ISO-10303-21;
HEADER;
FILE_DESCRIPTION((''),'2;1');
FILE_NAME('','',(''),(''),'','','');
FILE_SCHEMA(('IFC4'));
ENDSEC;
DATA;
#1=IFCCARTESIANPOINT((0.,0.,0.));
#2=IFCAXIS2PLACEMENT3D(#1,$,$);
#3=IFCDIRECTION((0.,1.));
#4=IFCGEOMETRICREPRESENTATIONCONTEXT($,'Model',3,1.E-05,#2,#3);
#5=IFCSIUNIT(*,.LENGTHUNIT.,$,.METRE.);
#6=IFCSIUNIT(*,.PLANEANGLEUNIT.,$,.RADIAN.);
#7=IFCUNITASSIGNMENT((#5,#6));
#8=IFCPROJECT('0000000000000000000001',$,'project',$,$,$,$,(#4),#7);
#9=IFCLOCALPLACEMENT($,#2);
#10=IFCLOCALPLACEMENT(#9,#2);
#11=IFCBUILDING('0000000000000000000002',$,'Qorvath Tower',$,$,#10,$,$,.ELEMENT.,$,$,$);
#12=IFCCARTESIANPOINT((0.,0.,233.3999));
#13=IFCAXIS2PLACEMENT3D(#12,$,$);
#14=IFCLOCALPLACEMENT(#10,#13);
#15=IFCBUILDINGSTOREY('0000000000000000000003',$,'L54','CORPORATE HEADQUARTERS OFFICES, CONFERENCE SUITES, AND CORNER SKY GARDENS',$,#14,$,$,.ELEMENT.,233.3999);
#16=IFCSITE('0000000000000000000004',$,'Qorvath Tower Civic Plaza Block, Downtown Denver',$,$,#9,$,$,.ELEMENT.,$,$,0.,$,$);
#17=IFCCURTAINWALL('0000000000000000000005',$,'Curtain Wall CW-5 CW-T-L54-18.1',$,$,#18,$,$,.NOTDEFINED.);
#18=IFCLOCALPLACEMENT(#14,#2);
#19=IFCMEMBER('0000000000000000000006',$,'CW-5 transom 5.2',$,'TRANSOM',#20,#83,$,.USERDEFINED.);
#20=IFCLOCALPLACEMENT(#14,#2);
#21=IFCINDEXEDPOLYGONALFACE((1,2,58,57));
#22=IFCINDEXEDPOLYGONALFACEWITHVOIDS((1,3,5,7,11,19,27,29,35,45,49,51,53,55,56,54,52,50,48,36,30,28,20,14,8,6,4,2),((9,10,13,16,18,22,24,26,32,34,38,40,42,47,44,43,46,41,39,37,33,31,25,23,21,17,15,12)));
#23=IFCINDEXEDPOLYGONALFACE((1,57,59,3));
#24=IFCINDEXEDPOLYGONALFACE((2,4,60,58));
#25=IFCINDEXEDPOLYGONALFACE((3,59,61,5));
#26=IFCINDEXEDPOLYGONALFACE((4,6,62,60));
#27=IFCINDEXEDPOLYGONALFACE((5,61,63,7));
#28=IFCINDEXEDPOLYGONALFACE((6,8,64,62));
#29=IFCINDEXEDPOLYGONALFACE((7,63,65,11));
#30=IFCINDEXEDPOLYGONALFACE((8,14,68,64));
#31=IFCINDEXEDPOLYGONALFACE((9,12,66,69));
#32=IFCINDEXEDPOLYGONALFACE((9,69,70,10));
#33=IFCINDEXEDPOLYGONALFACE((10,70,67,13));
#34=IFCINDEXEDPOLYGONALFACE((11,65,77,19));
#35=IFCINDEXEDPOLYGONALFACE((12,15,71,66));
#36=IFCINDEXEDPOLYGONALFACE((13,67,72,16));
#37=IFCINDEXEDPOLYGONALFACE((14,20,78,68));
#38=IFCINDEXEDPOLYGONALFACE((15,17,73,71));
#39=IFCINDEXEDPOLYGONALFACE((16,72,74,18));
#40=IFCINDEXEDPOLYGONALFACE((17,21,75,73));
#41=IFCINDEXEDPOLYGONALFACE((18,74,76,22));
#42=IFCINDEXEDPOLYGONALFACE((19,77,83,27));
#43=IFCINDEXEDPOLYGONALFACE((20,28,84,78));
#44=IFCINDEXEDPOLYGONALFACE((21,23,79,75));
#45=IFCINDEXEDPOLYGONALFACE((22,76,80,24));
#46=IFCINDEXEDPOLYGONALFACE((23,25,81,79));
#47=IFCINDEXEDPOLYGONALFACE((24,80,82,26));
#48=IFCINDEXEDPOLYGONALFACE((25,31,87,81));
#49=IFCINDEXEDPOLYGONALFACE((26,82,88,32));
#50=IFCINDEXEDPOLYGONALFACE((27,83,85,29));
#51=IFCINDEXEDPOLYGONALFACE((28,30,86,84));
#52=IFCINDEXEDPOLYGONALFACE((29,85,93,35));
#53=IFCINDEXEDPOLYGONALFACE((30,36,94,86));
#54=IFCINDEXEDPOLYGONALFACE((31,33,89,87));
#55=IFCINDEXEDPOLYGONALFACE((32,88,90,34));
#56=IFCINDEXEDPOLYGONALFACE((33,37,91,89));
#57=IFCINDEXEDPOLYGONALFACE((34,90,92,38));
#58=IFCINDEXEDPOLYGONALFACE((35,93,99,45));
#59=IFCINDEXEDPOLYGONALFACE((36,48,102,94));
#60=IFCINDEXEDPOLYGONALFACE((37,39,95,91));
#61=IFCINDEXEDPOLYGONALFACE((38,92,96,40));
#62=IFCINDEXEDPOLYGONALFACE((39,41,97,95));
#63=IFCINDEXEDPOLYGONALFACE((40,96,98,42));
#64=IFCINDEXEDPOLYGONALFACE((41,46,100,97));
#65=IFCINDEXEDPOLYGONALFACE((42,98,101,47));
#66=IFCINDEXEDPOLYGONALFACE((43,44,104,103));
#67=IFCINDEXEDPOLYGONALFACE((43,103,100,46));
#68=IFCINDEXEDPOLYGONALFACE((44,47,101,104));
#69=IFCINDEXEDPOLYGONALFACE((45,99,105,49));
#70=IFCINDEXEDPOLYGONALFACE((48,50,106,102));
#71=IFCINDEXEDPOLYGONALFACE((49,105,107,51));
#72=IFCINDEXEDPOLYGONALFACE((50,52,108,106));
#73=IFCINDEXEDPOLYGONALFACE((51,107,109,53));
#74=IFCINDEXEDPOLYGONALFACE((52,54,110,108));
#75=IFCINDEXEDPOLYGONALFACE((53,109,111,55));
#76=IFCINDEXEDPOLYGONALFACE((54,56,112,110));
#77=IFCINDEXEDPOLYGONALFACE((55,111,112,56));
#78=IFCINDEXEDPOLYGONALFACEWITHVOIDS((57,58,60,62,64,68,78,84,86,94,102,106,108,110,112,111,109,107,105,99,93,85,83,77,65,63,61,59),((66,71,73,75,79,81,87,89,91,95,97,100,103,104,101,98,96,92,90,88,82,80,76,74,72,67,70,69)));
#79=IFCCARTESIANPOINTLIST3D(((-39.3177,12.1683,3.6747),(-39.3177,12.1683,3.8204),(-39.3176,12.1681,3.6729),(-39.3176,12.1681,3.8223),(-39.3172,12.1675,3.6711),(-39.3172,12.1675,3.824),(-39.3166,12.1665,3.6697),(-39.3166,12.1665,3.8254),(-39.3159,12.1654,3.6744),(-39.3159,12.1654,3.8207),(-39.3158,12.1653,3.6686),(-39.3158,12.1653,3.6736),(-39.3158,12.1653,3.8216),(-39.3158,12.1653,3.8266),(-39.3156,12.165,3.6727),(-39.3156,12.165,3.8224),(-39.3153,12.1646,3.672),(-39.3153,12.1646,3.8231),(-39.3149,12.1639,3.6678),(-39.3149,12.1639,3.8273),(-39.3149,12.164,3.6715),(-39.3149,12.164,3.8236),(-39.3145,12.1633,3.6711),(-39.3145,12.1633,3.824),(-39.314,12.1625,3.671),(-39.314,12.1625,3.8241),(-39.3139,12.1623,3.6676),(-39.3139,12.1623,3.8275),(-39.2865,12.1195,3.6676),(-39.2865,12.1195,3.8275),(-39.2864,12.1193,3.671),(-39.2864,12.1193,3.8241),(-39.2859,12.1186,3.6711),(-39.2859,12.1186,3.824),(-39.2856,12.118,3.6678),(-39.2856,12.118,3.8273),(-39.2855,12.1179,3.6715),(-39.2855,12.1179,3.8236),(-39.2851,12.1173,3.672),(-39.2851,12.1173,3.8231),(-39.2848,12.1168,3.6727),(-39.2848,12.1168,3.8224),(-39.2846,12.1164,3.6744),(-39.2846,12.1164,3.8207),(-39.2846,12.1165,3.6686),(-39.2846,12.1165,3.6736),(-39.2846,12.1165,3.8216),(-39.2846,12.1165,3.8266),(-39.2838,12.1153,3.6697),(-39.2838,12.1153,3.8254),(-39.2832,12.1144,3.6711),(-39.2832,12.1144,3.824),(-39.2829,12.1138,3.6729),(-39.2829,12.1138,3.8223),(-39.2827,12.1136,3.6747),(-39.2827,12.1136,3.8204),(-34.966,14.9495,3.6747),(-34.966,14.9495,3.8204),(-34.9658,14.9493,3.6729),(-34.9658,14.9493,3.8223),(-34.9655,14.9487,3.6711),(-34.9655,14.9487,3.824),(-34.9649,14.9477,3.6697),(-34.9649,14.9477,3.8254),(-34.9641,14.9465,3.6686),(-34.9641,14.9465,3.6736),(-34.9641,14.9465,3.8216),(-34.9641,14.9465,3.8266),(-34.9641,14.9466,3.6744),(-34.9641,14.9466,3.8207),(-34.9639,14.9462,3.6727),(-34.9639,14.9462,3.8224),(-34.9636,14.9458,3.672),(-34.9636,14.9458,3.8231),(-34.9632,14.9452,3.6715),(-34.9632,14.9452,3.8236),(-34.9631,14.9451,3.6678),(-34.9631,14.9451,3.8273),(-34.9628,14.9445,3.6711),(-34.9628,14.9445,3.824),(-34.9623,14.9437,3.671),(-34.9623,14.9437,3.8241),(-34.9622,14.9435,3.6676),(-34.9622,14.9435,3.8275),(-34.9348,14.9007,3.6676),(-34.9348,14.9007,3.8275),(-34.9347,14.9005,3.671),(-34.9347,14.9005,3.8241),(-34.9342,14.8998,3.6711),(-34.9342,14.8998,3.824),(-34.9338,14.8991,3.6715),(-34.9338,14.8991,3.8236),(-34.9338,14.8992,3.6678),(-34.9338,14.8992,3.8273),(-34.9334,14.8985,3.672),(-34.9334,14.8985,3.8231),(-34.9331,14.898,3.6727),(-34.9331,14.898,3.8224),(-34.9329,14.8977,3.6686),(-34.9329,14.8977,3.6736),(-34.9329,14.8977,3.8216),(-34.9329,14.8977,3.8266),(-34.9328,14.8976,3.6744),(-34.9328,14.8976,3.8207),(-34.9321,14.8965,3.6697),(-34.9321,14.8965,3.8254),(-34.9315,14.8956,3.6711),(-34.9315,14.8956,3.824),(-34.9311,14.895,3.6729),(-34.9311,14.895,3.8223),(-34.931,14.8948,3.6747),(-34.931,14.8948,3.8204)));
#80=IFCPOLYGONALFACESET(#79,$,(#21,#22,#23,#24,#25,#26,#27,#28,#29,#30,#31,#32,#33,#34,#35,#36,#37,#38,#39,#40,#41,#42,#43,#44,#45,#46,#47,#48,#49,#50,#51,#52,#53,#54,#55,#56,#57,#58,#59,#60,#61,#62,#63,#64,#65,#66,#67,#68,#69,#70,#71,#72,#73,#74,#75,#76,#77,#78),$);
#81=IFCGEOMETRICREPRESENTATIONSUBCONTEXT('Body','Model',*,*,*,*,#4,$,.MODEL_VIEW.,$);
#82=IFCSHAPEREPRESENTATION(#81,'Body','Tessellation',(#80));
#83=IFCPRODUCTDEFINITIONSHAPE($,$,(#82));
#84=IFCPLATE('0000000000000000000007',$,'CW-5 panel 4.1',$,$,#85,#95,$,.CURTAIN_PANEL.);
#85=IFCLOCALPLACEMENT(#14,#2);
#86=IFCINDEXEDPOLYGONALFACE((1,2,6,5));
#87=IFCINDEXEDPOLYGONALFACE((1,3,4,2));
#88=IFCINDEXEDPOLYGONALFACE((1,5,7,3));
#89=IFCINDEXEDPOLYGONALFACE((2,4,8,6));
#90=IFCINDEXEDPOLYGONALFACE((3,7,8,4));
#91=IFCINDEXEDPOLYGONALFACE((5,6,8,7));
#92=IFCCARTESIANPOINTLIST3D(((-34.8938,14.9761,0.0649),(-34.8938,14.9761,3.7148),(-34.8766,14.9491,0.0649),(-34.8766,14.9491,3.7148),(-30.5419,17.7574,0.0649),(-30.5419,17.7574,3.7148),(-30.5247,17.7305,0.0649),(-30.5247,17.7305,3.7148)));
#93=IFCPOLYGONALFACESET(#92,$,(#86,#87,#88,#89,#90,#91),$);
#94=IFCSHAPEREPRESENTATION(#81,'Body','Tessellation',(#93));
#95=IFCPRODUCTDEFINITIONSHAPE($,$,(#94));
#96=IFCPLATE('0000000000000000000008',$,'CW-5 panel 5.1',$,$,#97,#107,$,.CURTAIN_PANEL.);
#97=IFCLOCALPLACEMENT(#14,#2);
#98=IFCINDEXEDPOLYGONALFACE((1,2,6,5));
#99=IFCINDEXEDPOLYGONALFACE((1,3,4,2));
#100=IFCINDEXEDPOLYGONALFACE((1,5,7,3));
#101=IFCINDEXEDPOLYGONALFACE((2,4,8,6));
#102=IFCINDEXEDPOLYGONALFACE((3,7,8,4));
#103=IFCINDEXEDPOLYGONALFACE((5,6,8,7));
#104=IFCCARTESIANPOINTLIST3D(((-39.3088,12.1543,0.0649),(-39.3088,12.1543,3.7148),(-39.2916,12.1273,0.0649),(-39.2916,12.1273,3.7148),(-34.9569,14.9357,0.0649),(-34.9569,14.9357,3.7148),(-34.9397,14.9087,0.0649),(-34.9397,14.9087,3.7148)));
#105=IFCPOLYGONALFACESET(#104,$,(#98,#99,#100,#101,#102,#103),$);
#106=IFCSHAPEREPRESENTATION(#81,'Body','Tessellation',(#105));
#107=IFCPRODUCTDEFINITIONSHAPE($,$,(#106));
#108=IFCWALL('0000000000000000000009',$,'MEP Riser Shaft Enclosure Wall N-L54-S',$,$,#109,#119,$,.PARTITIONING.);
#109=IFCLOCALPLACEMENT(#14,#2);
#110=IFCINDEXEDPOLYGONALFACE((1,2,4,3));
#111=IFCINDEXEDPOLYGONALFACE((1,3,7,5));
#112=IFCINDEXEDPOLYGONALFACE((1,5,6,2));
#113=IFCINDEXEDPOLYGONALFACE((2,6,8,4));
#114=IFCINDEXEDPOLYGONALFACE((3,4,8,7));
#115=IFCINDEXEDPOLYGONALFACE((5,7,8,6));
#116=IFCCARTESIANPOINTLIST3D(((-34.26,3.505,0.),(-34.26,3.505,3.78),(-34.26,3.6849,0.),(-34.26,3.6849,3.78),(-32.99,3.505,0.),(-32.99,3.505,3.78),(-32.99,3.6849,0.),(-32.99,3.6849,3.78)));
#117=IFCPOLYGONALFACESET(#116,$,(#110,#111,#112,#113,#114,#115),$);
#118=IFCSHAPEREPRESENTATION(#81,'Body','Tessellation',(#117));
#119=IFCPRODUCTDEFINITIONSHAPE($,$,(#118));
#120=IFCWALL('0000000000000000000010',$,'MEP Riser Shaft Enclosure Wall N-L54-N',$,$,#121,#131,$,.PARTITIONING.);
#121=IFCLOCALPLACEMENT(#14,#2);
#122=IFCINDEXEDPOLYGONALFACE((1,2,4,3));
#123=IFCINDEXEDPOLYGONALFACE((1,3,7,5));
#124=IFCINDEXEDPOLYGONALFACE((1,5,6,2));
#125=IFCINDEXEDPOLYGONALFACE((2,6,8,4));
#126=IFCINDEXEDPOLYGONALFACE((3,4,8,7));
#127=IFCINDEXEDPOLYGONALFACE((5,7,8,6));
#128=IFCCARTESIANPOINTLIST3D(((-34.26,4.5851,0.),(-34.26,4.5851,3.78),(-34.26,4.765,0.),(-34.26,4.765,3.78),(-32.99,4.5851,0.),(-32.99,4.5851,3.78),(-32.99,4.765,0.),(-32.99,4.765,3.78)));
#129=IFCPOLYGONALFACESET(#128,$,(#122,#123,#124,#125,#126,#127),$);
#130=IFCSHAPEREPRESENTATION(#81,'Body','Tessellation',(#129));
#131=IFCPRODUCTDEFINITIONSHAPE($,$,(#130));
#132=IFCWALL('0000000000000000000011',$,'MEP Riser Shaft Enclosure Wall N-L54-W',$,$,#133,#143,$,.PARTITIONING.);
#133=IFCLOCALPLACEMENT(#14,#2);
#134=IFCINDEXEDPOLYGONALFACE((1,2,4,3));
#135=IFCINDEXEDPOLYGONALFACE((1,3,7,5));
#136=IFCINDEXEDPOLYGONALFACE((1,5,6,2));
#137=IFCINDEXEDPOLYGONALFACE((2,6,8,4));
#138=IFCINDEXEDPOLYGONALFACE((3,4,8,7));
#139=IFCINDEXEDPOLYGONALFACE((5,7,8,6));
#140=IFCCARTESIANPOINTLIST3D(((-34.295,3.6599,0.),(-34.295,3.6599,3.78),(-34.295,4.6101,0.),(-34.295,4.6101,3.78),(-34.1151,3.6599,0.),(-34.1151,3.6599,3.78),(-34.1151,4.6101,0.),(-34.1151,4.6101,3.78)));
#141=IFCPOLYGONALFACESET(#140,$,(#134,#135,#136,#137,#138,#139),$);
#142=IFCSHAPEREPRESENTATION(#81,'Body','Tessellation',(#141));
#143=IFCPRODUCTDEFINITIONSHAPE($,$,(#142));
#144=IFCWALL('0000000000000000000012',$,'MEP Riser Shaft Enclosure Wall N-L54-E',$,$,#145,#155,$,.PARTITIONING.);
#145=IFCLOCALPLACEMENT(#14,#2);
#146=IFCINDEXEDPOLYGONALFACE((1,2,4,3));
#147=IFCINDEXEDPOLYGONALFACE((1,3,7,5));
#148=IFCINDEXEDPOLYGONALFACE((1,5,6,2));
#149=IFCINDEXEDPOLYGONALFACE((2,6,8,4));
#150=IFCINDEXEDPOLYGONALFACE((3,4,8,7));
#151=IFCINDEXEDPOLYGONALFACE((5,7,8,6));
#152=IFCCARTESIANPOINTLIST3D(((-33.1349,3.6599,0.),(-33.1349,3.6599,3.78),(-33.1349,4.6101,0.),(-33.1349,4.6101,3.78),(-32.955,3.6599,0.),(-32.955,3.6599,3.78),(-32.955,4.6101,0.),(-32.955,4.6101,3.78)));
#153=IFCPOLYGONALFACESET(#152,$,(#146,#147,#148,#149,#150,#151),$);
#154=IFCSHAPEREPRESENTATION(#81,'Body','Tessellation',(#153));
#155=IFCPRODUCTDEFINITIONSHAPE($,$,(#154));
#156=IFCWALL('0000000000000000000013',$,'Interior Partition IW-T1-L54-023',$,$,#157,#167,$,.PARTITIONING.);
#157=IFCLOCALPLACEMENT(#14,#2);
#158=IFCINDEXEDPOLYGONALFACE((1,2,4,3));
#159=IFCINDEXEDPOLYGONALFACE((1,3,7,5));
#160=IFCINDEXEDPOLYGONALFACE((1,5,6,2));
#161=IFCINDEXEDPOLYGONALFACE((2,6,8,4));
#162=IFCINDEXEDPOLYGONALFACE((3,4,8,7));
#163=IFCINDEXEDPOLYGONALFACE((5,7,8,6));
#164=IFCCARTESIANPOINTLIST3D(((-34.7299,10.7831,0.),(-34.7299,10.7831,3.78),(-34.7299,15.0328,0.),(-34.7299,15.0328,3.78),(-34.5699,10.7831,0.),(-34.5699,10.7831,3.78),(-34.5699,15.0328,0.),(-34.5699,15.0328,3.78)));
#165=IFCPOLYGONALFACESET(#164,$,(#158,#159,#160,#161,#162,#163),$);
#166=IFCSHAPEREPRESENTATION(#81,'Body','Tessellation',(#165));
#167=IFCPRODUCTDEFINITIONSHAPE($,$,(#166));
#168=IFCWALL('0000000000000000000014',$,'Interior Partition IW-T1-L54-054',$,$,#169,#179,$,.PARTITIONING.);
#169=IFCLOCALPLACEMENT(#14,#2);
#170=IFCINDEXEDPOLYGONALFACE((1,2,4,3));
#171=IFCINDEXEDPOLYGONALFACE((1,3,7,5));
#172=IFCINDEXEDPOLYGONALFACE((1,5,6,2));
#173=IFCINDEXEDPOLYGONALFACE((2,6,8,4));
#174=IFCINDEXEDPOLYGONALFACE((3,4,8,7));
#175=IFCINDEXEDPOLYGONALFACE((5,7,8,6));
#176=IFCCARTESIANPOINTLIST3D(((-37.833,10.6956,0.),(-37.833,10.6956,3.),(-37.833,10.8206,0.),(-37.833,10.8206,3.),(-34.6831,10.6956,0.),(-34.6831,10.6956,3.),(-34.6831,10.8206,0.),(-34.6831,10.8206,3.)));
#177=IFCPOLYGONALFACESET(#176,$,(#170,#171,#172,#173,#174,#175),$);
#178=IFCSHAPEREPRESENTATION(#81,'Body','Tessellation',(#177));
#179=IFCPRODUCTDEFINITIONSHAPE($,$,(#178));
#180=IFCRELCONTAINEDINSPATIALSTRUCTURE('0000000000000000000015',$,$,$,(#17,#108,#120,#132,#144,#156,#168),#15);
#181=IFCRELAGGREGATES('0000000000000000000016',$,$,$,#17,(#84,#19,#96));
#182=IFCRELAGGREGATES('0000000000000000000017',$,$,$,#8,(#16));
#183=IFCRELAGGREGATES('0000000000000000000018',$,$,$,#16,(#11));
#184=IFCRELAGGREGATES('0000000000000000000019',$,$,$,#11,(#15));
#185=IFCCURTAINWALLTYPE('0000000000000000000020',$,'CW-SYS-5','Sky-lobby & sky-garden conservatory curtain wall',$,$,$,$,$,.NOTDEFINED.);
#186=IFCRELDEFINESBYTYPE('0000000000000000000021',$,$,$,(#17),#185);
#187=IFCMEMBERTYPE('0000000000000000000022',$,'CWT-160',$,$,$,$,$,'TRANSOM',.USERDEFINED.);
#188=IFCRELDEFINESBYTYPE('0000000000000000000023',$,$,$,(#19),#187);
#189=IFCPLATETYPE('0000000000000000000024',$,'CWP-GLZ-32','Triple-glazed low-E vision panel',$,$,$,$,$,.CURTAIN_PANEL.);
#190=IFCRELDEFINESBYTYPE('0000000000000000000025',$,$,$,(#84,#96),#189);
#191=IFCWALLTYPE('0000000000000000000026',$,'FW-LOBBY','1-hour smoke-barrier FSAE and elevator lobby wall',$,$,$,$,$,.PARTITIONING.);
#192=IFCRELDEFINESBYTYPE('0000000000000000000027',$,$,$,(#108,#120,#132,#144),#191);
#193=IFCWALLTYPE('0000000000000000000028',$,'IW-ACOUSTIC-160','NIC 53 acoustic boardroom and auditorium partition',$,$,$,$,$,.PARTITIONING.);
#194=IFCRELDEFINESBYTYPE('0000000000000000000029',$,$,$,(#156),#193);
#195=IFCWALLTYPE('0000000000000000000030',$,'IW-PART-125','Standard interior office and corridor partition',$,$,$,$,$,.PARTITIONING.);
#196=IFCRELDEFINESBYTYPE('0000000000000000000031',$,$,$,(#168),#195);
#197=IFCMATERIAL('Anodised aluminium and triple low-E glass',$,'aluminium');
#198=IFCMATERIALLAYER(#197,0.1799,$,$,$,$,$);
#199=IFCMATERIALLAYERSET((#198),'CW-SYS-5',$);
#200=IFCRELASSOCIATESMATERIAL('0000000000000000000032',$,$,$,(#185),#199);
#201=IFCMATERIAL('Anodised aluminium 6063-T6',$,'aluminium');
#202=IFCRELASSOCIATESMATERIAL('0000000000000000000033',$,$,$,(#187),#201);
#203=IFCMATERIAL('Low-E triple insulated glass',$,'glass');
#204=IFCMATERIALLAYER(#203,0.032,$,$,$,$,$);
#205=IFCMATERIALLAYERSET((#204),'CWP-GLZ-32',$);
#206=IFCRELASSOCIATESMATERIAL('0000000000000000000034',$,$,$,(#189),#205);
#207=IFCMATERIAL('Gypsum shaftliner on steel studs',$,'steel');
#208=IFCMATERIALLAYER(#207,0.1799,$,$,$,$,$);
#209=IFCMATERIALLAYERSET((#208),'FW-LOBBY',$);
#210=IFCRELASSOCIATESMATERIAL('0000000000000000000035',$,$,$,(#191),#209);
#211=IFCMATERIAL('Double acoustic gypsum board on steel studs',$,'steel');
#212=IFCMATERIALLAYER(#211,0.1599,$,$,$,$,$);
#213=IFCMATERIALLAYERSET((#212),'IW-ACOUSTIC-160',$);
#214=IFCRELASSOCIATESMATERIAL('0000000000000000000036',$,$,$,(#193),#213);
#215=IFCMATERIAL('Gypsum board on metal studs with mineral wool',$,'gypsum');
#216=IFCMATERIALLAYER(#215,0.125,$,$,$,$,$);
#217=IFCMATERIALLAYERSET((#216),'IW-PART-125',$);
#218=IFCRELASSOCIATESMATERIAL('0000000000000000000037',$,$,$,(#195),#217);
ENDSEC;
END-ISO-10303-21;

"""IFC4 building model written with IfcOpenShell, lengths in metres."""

from ifc_helpers import new_model, si_unit, direction, frame, frame_2d, origin, origin_2d, place, context, subcontext, project, spatial, rectangle, hollow_rectangle, extrude, material, layer, layer_set, material_profile, profile_set, type_object, element, aggregate, save


model = new_model("IFC4")

# Units and contexts
model_context = context("Model", 3, precision=1e-05, world=origin(), true_north=direction((0.0, 1.0)))
body_context = subcontext(model_context, "Body", "Model", "MODEL_VIEW")
ifc_project = project(units=[si_unit("LENGTHUNIT", "METRE"), si_unit("PLANEANGLEUNIT", "RADIAN")], contexts=[model_context])

# Site, building, storey
site_placement = place(None, origin())
site = spatial("IfcSite", under=ifc_project, at=site_placement, Name="Qorvath Tower Civic Plaza Block, Downtown Denver", CompositionType="ELEMENT", RefElevation=0.0)
building_placement = place(site_placement, origin())
building = spatial("IfcBuilding", under=site, at=building_placement, Name="Qorvath Tower", CompositionType="ELEMENT")
storey_placement = place(building_placement, frame((0.0, 0.0, 233.3999)))
storey = spatial("IfcBuildingStorey", under=building, at=storey_placement, Name="L54", Description="CORPORATE HEADQUARTERS OFFICES, CONFERENCE SUITES, AND CORNER SKY GARDENS", CompositionType="ELEMENT", Elevation=233.3999)

# Curtain wall, member, plates
ifc_material_1 = material(Name="Anodised aluminium and triple low-E glass", Category="aluminium")
ifc_layer_1 = layer(ifc_material_1, 0.1799)
ifc_layer_set_1 = layer_set([ifc_layer_1], Name="CW-SYS-5")
curtain_wall_type = type_object("IfcCurtainWallType", Name="CW-SYS-5", Description="Sky-lobby & sky-garden conservatory curtain wall", PredefinedType="NOTDEFINED", material=ifc_layer_set_1)
curtain_wall_placement = place(storey_placement, origin())
curtain_wall = element("IfcCurtainWall", 1, at=curtain_wall_placement, inside=storey, type_object=curtain_wall_type, Name="Curtain Wall CW-5 CW-T-L54-18.1", PredefinedType="NOTDEFINED")
ifc_material_2 = material(Name="Anodised aluminium 6063-T6", Category="aluminium")
ifc_material_profile_1 = material_profile(ifc_material_2, hollow_rectangle(XDim=0.0649, YDim=0.1599, WallThickness=0.0034, InnerFilletRadius=0.0034, OuterFilletRadius=0.0071, at=origin_2d()), Name="CWT 160x65")
ifc_profile_set_1 = profile_set([ifc_material_profile_1], Name="Anodised aluminium 6063-T6")
member_type_1 = type_object("IfcMemberType", Name="CWT-160", ElementType="TRANSOM", PredefinedType="USERDEFINED", material=ifc_profile_set_1)
member_1_placement = place(storey_placement, frame((-34.9485, 14.9221, 3.7476), z_axis=(-0.842615, -0.538517, 0.0), x_axis=(0.538517, -0.842615, 0.0)))
member_1 = element("IfcMember", 2, at=member_1_placement, type_object=member_type_1, Name="CW-5 transom 5.2", ObjectType="TRANSOM", PredefinedType="USERDEFINED", context=body_context, shape_type="SweptSolid", body=[
    extrude(hollow_rectangle(XDim=0.0649, YDim=0.1599, WallThickness=0.0034, InnerFilletRadius=0.0034, OuterFilletRadius=0.0071, at=origin_2d()), origin(), (0.0, 0.0, 1.0), 5.1646),
])
ifc_material_3 = material(Name="Low-E triple insulated glass", Category="glass")
ifc_layer_2 = layer(ifc_material_3, 0.032)
ifc_layer_set_2 = layer_set([ifc_layer_2], Name="CWP-GLZ-32")
plate_type = type_object("IfcPlateType", Name="CWP-GLZ-32", Description="Triple-glazed low-E vision panel", PredefinedType="CURTAIN_PANEL", material=ifc_layer_set_2)
plate_1_placement = place(storey_placement, frame((-32.7092, 16.3533, 0.0649), z_axis=(0.0, 0.0, 1.0), x_axis=(-0.842607, -0.538528, 0.0)))
plate_1 = element("IfcPlate", 3, at=plate_1_placement, type_object=plate_type, Name="CW-5 panel 4.1", PredefinedType="CURTAIN_PANEL", context=body_context, shape_type="SweptSolid", body=[
    extrude(rectangle(XDim=5.1648, YDim=0.032, at=origin_2d()), origin(), (0.0, 0.0, 1.0), 3.6499),
])
plate_2_placement = place(storey_placement, frame((-37.1243, 13.5315, 0.0649), z_axis=(0.0, 0.0, 1.0), x_axis=(-0.842607, -0.538528, 0.0)))
plate_2 = element("IfcPlate", 4, at=plate_2_placement, type_object=plate_type, Name="CW-5 panel 5.1", PredefinedType="CURTAIN_PANEL", context=body_context, shape_type="SweptSolid", body=[
    extrude(rectangle(XDim=5.1648, YDim=0.032, at=origin_2d()), origin(), (0.0, 0.0, 1.0), 3.6499),
])
aggregate(curtain_wall, [plate_1, member_1, plate_2])

# Walls
ifc_material_4 = material(Name="Gypsum shaftliner on steel studs", Category="steel")
ifc_layer_3 = layer(ifc_material_4, 0.1799)
ifc_layer_set_3 = layer_set([ifc_layer_3], Name="FW-LOBBY")
wall_type_1 = type_object("IfcWallType", Name="FW-LOBBY", Description="1-hour smoke-barrier FSAE and elevator lobby wall", PredefinedType="PARTITIONING", material=ifc_layer_set_3)
for number, where, z_axis, x_axis, name in (
    (5, (-32.99, 3.595, 0.0), (0.0, 0.0, 1.0), (-1.0, 0.0, 0.0), "MEP Riser Shaft Enclosure Wall N-L54-S"),
    (6, (-34.26, 4.675, 0.0), (0.0, 0.0, 1.0), (1.0, 0.0, 0.0), "MEP Riser Shaft Enclosure Wall N-L54-N"),
):
    element("IfcWall", number, at=place(storey_placement, frame(where, z_axis=z_axis, x_axis=x_axis)), inside=storey, type_object=wall_type_1, Name=name, PredefinedType="PARTITIONING", context=body_context, shape_type="SweptSolid", body=[
        extrude(rectangle(XDim=1.27, YDim=0.1799, at=frame_2d((0.635, 0.0))), origin(), (0.0, 0.0, 1.0), 3.78),
    ])
for number, where, z_axis, x_axis, name in (
    (7, (-34.2051, 3.6599, 0.0), (0.0, 0.0, 1.0), (0.0, 1.0, 0.0), "MEP Riser Shaft Enclosure Wall N-L54-W"),
    (8, (-33.0449, 4.6101, 0.0), (0.0, 0.0, 1.0), (0.0, -1.0, 0.0), "MEP Riser Shaft Enclosure Wall N-L54-E"),
):
    element("IfcWall", number, at=place(storey_placement, frame(where, z_axis=z_axis, x_axis=x_axis)), inside=storey, type_object=wall_type_1, Name=name, PredefinedType="PARTITIONING", context=body_context, shape_type="SweptSolid", body=[
        extrude(rectangle(XDim=0.9502, YDim=0.1799, at=frame_2d((0.4751, 0.0))), origin(), (0.0, 0.0, 1.0), 3.78),
    ])

# Shared definitions
ifc_material_5 = material(Name="Double acoustic gypsum board on steel studs", Category="steel")
ifc_layer_4 = layer(ifc_material_5, 0.1599)
ifc_layer_set_4 = layer_set([ifc_layer_4], Name="IW-ACOUSTIC-160")
wall_type_2 = type_object("IfcWallType", Name="IW-ACOUSTIC-160", Description="NIC 53 acoustic boardroom and auditorium partition", PredefinedType="PARTITIONING", material=ifc_layer_set_4)

# Walls
wall_1_placement = place(storey_placement, frame((-34.6499, 15.033, 0.0), z_axis=(0.0, 0.0, 1.0), x_axis=(0.0, -1.0, 0.0)))
element("IfcWall", 9, at=wall_1_placement, inside=storey, type_object=wall_type_2, Name="Interior Partition IW-T1-L54-023", PredefinedType="PARTITIONING", context=body_context, shape_type="SweptSolid", body=[
    extrude(rectangle(XDim=4.2498, YDim=0.1599, at=frame_2d((2.125, 0.0))), origin(), (0.0, 0.0, 1.0), 3.78),
])
ifc_material_6 = material(Name="Gypsum board on metal studs with mineral wool", Category="gypsum")
ifc_layer_5 = layer(ifc_material_6, 0.125)
ifc_layer_set_5 = layer_set([ifc_layer_5], Name="IW-PART-125")
wall_type_3 = type_object("IfcWallType", Name="IW-PART-125", Description="Standard interior office and corridor partition", PredefinedType="PARTITIONING", material=ifc_layer_set_5)
wall_2_placement = place(storey_placement, frame((-34.6831, 10.7581, 0.0), z_axis=(0.0, 0.0, 1.0), x_axis=(-1.0, 0.0, 0.0)))
element("IfcWall", 10, at=wall_2_placement, inside=storey, type_object=wall_type_3, Name="Interior Partition IW-T1-L54-054", PredefinedType="PARTITIONING", context=body_context, shape_type="SweptSolid", body=[
    extrude(rectangle(XDim=3.1499, YDim=0.125, at=frame_2d((1.575, 0.0))), origin(), (0.0, 0.0, 1.0), 3.0),
])

save(model, "model.ifc")
